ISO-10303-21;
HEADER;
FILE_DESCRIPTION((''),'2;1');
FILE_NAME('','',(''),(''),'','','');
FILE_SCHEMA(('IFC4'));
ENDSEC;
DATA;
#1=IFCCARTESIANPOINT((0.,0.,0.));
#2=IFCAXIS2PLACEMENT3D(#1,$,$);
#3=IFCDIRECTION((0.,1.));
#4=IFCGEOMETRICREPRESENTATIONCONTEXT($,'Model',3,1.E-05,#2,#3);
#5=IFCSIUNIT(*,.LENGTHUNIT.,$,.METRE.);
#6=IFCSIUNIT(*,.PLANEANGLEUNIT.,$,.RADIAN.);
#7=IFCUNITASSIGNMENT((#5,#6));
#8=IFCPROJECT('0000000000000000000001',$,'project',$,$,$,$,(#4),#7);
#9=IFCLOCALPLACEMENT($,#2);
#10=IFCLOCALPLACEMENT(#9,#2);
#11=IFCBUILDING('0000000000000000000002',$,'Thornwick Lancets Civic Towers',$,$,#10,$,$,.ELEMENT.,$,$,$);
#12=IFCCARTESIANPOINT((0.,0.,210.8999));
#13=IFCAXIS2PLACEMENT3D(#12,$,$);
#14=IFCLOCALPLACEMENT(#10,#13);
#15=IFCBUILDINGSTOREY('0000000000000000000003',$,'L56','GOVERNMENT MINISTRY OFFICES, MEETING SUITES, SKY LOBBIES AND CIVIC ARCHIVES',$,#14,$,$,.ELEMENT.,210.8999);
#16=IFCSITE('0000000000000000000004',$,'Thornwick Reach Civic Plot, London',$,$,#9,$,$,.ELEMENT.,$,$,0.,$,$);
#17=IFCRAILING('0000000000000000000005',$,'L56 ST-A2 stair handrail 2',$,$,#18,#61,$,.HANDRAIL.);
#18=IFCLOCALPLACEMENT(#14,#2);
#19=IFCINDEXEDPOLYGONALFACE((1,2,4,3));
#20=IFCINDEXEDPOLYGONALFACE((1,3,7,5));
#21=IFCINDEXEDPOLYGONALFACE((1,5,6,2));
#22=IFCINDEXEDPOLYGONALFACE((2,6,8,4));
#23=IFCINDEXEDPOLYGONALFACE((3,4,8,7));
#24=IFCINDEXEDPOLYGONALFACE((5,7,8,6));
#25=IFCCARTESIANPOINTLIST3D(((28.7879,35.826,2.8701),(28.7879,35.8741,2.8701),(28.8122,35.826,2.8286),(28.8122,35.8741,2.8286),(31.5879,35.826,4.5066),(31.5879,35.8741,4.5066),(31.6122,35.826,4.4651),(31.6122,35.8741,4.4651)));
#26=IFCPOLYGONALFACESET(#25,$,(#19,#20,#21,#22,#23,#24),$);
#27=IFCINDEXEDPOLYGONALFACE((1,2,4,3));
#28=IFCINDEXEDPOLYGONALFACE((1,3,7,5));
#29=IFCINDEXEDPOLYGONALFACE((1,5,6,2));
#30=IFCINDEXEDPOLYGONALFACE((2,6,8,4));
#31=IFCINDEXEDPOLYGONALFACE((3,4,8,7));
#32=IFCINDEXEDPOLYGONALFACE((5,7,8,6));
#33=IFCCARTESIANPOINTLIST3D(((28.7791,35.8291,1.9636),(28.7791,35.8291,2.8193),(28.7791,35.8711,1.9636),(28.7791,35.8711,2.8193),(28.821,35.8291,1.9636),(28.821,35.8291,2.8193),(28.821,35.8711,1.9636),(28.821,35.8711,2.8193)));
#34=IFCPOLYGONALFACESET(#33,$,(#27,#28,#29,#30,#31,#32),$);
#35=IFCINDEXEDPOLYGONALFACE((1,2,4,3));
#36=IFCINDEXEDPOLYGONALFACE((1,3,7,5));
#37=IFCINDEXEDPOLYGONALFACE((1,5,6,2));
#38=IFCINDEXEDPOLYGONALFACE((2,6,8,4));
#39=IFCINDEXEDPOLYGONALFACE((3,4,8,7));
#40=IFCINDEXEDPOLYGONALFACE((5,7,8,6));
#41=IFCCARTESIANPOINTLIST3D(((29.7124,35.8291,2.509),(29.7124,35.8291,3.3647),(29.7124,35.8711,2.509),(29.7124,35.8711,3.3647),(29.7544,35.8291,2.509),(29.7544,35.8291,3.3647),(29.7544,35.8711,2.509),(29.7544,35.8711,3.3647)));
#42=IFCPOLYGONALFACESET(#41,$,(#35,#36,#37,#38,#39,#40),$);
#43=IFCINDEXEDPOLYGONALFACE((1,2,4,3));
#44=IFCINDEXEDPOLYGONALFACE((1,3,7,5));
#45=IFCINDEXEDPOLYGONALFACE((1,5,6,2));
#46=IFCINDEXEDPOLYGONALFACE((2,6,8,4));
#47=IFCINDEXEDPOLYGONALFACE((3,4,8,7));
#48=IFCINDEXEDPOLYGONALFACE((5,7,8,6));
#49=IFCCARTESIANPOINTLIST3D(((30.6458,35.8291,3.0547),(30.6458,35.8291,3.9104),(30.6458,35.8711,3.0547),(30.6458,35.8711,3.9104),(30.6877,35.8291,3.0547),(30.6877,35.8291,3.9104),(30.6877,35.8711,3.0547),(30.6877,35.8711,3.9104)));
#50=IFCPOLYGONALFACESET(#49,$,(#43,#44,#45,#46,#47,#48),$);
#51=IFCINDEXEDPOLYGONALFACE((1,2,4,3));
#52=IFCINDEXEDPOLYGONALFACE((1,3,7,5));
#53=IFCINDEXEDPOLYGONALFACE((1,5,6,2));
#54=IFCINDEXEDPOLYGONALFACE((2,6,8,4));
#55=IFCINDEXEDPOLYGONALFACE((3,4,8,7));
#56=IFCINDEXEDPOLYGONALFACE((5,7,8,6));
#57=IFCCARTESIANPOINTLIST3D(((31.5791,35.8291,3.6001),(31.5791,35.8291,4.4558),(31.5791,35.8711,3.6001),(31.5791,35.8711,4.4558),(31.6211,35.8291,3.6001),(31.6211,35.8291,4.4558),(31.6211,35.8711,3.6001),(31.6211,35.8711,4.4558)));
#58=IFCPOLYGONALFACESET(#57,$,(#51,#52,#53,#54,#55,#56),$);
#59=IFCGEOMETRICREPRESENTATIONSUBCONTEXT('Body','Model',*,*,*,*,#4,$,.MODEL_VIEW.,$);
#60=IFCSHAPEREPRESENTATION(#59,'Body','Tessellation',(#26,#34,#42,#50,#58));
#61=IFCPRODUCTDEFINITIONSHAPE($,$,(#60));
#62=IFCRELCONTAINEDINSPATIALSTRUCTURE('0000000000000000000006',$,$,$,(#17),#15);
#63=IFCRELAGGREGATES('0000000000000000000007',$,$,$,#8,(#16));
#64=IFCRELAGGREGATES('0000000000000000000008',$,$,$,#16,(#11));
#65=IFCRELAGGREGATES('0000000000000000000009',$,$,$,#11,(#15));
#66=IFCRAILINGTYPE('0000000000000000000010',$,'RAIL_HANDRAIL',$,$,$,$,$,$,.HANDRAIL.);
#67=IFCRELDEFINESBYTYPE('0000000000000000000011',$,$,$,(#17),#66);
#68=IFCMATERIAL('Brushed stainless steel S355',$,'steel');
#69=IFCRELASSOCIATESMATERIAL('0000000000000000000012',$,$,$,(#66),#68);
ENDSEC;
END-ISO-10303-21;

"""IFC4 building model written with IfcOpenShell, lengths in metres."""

from ifc_helpers import new_model, si_unit, direction, frame, origin, origin_2d, place, context, subcontext, project, spatial, rectangle, extrude, material, type_object, element, save


model = new_model("IFC4")

# Units and contexts
model_context = context("Model", 3, precision=1e-05, world=origin(), true_north=direction((0.0, 1.0)))
body_context = subcontext(model_context, "Body", "Model", "MODEL_VIEW")
ifc_project = project(units=[si_unit("LENGTHUNIT", "METRE"), si_unit("PLANEANGLEUNIT", "RADIAN")], contexts=[model_context])

# Site, building, storey
site_placement = place(None, origin())
site = spatial("IfcSite", under=ifc_project, at=site_placement, Name="Thornwick Reach Civic Plot, London", CompositionType="ELEMENT", RefElevation=0.0)
building_placement = place(site_placement, origin())
building = spatial("IfcBuilding", under=site, at=building_placement, Name="Thornwick Lancets Civic Towers", CompositionType="ELEMENT")
storey_placement = place(building_placement, frame((0.0, 0.0, 210.8999)))
storey = spatial("IfcBuildingStorey", under=building, at=storey_placement, Name="L56", Description="GOVERNMENT MINISTRY OFFICES, MEETING SUITES, SKY LOBBIES AND CIVIC ARCHIVES", CompositionType="ELEMENT", Elevation=210.8999)

# Railing
ifc_material_1 = material(Name="Brushed stainless steel S355", Category="steel")
railing_type = type_object("IfcRailingType", Name="RAIL_HANDRAIL", PredefinedType="HANDRAIL", material=ifc_material_1)
railing_placement = place(storey_placement, frame((28.8, 35.8501, 1.9636)))
element("IfcRailing", 1, at=railing_placement, inside=storey, type_object=railing_type, Name="L56 ST-A2 stair handrail 2", PredefinedType="HANDRAIL", context=body_context, shape_type="SweptSolid", body=[
    extrude(rectangle(XDim=0.0481, YDim=0.0481, at=origin_2d()), frame((0.0, 0.0, 0.8857), z_axis=(0.863361, 0.0, 0.504587), x_axis=(0.0, 1.0, 0.0)), (0.0, 0.0, 1.0), 3.2432),
    extrude(rectangle(XDim=0.042, YDim=0.042, at=origin_2d()), origin(), (0.0, 0.0, 1.0), 0.8557),
    extrude(rectangle(XDim=0.042, YDim=0.042, at=origin_2d()), frame((0.9333, 0.0, 0.5454)), (0.0, 0.0, 1.0), 0.8557),
    extrude(rectangle(XDim=0.042, YDim=0.042, at=origin_2d()), frame((1.8667, 0.0, 1.0911)), (0.0, 0.0, 1.0), 0.8557),
    extrude(rectangle(XDim=0.042, YDim=0.042, at=origin_2d()), frame((2.8, 0.0, 1.6365)), (0.0, 0.0, 1.0), 0.8557),
])

save(model, "model.ifc")
